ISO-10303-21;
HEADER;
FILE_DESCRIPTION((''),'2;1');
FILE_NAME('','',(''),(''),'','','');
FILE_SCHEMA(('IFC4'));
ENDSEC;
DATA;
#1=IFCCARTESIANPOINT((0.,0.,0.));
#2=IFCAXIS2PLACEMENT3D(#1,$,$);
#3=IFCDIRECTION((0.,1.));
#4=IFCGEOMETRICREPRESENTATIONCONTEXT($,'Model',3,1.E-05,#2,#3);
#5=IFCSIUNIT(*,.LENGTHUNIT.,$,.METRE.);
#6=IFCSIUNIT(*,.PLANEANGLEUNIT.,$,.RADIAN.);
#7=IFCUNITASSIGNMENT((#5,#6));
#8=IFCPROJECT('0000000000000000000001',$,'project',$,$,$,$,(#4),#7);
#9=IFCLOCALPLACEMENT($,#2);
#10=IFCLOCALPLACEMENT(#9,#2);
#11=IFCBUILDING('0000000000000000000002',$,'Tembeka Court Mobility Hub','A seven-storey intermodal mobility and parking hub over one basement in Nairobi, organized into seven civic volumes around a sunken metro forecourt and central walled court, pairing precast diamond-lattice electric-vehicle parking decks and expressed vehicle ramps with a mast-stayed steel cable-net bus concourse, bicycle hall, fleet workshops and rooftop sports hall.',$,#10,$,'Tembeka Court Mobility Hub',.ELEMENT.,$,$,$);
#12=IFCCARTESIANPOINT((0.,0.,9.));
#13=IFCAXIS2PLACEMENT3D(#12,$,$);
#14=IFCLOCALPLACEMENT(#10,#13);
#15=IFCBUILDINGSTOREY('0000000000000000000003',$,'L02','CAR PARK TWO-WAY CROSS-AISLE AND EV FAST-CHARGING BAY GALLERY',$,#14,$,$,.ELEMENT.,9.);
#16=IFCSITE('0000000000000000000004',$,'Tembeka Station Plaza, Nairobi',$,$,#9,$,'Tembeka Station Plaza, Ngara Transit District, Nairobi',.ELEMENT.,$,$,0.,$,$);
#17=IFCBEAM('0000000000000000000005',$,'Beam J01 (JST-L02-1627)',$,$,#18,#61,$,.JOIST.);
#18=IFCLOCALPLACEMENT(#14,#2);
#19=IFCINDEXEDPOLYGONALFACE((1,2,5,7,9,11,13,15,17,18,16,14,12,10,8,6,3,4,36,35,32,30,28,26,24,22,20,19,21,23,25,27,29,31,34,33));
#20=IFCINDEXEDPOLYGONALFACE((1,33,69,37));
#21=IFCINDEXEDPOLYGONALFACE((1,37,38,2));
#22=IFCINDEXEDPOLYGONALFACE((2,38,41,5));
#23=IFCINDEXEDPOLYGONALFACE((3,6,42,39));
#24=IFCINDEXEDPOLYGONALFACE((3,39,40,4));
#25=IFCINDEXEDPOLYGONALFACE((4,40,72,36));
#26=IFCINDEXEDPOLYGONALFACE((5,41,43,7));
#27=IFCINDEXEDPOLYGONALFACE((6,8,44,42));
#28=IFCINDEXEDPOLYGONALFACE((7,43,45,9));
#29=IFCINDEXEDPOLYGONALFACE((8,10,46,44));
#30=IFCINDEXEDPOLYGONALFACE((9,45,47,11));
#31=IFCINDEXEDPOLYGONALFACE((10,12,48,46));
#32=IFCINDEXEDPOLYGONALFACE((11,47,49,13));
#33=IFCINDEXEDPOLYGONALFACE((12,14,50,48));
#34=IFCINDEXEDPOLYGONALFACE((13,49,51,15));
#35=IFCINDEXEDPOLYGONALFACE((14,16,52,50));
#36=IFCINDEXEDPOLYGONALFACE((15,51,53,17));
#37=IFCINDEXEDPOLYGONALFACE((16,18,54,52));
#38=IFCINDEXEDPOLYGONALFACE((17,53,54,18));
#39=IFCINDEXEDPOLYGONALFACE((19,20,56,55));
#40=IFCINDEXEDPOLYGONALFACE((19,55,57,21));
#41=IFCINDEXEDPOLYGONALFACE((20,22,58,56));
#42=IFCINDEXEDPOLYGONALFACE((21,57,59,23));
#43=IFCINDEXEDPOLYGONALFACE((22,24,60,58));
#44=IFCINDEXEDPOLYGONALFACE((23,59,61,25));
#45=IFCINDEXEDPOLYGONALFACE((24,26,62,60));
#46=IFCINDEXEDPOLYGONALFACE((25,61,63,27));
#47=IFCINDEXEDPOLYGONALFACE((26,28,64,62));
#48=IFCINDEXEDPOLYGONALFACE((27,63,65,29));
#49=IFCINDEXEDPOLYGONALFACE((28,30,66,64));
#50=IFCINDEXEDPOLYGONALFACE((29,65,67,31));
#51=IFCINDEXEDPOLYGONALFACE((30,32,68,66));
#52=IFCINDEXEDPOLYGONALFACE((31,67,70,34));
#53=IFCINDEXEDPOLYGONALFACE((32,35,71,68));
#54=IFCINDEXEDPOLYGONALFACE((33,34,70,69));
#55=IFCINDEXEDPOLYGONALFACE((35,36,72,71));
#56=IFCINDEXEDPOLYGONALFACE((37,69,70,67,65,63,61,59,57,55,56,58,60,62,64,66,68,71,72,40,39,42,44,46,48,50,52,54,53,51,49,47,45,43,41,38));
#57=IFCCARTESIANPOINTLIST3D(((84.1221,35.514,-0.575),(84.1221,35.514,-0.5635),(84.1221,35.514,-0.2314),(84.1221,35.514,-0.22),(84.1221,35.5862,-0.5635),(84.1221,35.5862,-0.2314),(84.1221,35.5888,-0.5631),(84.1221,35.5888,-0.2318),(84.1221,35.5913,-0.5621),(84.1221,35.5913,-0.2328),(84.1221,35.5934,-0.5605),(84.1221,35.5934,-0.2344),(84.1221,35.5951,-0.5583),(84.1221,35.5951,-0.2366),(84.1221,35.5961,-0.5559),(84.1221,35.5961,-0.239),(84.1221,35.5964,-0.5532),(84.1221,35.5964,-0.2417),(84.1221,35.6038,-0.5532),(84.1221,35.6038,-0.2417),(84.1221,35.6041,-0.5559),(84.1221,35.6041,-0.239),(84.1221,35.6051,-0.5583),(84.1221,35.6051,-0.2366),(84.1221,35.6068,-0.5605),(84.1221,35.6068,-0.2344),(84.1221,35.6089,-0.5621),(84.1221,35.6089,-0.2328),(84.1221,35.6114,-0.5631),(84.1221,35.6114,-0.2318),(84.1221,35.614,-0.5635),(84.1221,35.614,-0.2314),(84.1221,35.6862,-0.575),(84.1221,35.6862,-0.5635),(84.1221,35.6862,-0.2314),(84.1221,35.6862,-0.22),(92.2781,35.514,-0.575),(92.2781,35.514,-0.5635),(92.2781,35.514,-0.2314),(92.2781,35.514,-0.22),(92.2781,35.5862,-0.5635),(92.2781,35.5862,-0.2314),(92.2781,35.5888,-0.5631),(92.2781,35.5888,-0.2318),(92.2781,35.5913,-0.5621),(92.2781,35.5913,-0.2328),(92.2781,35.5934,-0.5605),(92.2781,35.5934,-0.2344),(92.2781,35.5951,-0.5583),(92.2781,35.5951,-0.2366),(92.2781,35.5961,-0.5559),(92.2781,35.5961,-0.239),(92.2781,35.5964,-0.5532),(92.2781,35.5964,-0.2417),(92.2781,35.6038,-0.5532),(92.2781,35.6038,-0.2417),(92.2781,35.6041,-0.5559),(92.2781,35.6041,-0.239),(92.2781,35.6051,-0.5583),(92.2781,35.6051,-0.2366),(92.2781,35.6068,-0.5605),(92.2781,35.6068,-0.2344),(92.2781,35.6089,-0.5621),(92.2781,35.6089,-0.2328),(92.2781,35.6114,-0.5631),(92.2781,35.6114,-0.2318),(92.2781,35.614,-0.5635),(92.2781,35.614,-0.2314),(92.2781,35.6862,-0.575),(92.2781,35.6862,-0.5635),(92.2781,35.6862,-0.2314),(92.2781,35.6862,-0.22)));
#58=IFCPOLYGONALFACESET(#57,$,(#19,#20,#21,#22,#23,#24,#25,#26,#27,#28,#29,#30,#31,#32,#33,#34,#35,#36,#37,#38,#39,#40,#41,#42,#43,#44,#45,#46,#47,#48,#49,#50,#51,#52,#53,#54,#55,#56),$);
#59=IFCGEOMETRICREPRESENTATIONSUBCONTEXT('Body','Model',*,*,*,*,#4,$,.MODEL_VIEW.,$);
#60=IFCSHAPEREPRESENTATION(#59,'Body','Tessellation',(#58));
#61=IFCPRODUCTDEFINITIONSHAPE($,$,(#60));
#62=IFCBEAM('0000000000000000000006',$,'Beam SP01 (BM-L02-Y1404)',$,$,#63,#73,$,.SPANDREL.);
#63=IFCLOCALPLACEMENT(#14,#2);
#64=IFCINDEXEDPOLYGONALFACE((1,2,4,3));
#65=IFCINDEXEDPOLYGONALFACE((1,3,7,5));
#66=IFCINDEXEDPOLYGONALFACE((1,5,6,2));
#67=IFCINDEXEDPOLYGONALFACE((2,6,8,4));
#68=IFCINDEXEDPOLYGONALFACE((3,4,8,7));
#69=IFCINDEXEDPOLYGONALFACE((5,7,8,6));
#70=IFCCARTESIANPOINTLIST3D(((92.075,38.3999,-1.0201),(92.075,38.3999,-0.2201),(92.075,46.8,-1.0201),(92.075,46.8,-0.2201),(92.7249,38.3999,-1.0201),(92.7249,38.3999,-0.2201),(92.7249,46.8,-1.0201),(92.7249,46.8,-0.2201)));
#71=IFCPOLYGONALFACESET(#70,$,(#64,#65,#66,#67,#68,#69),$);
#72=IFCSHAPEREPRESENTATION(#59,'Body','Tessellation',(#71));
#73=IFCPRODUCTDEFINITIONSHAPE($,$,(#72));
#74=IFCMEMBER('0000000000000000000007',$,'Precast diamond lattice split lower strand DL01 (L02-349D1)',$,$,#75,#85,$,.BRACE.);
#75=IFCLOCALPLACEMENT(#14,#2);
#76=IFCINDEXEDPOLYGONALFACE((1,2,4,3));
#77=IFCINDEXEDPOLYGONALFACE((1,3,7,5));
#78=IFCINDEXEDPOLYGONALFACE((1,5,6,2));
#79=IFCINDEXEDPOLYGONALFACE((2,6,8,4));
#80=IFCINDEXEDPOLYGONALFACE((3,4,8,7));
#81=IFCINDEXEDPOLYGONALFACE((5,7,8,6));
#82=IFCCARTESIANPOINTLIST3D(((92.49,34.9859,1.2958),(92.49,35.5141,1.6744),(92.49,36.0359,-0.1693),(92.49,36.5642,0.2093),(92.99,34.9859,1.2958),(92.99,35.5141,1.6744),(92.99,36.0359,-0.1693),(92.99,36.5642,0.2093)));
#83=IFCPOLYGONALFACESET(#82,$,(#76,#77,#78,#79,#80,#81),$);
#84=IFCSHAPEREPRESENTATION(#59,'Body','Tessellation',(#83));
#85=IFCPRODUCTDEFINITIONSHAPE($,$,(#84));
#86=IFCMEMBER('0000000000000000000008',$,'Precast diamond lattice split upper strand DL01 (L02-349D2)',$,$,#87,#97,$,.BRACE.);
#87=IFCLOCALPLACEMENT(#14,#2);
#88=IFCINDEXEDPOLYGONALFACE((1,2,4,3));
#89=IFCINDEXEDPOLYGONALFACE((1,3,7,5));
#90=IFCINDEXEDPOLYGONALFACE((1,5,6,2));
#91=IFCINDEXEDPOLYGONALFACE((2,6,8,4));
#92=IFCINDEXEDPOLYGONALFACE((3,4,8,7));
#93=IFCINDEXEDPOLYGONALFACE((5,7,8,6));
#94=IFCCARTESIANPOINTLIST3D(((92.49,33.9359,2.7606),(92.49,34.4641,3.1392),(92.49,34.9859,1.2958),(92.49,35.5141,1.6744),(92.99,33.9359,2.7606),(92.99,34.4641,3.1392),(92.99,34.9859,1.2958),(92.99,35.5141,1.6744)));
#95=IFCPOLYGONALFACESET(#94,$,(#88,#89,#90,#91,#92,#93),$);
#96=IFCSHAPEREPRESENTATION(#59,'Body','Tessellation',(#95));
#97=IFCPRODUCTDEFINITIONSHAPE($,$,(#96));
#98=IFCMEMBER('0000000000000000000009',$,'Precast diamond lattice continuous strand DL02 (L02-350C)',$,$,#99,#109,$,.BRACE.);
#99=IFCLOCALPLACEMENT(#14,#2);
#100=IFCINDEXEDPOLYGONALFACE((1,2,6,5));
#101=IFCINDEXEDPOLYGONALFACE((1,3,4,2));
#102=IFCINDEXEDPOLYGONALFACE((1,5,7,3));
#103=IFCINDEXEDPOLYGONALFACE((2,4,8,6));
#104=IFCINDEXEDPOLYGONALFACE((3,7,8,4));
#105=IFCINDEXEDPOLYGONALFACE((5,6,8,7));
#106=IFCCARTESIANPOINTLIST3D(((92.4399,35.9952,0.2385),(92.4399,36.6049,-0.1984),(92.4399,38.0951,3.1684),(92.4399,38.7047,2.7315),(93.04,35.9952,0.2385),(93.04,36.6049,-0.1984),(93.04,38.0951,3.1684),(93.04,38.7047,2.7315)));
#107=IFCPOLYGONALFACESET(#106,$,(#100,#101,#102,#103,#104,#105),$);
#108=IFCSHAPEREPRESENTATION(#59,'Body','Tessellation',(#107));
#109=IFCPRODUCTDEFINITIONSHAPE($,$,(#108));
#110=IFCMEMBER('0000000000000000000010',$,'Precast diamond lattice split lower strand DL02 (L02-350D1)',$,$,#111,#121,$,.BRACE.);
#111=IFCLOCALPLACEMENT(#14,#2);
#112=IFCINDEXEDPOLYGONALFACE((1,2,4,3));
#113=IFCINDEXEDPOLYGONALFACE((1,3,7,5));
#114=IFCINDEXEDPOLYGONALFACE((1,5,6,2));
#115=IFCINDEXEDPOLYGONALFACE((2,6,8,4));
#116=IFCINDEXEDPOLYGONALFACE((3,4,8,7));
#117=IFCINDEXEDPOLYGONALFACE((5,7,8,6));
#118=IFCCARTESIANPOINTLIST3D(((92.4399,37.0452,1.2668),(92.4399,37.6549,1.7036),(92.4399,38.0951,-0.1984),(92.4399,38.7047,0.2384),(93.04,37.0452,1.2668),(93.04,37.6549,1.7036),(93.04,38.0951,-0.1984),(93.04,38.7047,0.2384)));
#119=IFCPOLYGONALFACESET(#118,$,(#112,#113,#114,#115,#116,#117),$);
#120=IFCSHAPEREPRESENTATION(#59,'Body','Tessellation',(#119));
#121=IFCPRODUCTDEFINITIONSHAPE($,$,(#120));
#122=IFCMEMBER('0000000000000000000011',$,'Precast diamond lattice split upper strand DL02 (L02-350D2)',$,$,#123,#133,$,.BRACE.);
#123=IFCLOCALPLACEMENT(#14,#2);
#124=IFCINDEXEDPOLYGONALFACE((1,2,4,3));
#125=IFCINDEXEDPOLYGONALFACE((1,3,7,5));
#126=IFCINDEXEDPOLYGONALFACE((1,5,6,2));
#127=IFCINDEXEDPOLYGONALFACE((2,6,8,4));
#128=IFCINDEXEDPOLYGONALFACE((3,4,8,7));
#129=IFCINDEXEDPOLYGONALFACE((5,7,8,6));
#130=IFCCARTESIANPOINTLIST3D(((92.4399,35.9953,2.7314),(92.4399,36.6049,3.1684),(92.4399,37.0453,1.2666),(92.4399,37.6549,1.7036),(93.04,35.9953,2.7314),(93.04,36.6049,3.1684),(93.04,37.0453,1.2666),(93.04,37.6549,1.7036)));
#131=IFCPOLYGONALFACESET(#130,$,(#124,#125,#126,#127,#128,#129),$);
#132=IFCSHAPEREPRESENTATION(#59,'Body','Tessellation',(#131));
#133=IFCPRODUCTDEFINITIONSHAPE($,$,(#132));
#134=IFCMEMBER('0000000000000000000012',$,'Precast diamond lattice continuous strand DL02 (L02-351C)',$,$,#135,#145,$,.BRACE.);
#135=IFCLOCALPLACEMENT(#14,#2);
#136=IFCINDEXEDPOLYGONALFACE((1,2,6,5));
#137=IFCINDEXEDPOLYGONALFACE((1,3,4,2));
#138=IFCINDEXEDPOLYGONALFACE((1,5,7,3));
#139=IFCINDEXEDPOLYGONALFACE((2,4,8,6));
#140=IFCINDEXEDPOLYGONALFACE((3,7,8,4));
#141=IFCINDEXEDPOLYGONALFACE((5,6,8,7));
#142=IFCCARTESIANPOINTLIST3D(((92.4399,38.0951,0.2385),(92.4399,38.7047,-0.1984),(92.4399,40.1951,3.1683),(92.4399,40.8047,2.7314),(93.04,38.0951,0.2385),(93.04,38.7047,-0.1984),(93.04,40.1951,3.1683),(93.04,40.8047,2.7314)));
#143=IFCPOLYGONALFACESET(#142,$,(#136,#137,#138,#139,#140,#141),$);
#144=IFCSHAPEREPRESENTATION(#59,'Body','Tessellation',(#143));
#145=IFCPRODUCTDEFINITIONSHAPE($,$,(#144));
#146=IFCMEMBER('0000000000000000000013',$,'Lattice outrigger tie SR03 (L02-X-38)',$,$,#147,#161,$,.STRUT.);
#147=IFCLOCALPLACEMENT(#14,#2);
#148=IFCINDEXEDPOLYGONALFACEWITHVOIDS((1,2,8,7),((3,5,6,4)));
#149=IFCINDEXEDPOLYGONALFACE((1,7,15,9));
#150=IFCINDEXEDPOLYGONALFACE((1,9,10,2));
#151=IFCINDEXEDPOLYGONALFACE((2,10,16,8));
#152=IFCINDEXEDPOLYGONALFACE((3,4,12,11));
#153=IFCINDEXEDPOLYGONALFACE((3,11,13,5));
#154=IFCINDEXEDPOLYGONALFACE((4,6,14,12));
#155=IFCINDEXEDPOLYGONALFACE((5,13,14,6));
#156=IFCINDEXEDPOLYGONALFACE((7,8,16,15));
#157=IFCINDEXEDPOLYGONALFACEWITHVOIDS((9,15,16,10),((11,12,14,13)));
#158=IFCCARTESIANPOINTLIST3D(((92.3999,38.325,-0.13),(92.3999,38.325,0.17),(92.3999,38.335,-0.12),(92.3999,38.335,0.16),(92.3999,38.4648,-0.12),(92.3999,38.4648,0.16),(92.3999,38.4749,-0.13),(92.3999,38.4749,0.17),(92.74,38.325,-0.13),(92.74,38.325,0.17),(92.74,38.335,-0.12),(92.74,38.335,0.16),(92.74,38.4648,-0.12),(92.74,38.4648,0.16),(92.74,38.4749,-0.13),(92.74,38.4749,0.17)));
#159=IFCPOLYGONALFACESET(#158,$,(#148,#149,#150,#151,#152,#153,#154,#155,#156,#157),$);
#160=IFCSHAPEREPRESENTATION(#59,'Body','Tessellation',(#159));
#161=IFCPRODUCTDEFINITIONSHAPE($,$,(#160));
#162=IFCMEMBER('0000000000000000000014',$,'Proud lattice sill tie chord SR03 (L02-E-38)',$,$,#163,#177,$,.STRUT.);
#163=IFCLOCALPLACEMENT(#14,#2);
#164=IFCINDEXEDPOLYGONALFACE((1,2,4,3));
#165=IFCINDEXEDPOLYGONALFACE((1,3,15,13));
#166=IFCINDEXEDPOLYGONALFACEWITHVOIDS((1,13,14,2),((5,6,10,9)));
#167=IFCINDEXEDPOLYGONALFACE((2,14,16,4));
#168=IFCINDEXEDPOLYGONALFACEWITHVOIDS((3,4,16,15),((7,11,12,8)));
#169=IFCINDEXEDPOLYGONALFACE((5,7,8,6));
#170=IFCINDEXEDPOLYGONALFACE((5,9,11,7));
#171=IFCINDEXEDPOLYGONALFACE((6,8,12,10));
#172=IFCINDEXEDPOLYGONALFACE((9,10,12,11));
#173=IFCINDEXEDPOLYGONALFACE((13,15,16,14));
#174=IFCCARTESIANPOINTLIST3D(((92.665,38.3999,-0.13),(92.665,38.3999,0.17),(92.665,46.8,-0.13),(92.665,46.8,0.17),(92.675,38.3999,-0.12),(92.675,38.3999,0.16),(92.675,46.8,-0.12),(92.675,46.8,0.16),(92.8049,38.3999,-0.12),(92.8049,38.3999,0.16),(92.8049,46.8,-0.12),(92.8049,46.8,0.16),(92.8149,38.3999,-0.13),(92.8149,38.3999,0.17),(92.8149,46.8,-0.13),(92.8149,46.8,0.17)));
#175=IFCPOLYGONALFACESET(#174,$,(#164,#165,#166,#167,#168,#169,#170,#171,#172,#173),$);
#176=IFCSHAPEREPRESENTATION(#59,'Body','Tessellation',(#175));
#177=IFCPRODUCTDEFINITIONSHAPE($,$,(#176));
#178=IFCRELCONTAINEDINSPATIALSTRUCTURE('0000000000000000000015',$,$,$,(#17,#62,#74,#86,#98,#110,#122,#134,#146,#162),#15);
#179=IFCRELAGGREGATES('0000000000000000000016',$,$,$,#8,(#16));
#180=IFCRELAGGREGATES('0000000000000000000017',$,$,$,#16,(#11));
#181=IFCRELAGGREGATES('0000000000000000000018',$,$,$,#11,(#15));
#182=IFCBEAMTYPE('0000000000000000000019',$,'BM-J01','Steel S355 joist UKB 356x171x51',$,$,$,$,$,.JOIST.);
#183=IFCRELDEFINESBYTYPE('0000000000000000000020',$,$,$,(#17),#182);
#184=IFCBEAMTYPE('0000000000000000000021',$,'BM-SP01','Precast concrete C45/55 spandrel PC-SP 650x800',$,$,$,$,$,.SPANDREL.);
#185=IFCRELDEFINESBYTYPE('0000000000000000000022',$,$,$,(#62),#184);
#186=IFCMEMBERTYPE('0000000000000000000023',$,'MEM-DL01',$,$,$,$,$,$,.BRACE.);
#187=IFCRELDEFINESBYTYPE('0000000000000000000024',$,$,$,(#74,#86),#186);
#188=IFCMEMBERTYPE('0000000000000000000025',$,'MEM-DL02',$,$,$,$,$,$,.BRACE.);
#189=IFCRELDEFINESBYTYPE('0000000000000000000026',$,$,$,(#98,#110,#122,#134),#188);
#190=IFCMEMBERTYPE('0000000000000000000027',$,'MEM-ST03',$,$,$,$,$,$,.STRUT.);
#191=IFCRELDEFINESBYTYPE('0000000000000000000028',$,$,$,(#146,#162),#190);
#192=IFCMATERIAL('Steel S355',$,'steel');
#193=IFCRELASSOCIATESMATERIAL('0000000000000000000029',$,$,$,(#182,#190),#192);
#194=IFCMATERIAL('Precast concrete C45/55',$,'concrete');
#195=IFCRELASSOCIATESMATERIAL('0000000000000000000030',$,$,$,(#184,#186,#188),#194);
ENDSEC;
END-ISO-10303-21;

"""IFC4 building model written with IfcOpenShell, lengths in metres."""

from ifc_helpers import new_model, si_unit, direction, frame, origin, origin_2d, place, context, subcontext, project, spatial, rectangle, hollow_rectangle, i_section, extrude, material, material_profile, profile_set, type_object, element, save


model = new_model("IFC4")

# Units and contexts
model_context = context("Model", 3, precision=1e-05, world=origin(), true_north=direction((0.0, 1.0)))
body_context = subcontext(model_context, "Body", "Model", "MODEL_VIEW")
ifc_project = project(units=[si_unit("LENGTHUNIT", "METRE"), si_unit("PLANEANGLEUNIT", "RADIAN")], contexts=[model_context])

# Site, building, storey
site_placement = place(None, origin())
site = spatial("IfcSite", under=ifc_project, at=site_placement, Name="Tembeka Station Plaza, Nairobi", LongName="Tembeka Station Plaza, Ngara Transit District, Nairobi", CompositionType="ELEMENT", RefElevation=0.0)
building_placement = place(site_placement, origin())
building = spatial("IfcBuilding", under=site, at=building_placement, Name="Tembeka Court Mobility Hub", Description="A seven-storey intermodal mobility and parking hub over one basement in Nairobi, organized into seven civic volumes around a sunken metro forecourt and central walled court, pairing precast diamond-lattice electric-vehicle parking decks and expressed vehicle ramps with a mast-stayed steel cable-net bus concourse, bicycle hall, fleet workshops and rooftop sports hall.", LongName="Tembeka Court Mobility Hub", CompositionType="ELEMENT")
storey_placement = place(building_placement, frame((0.0, 0.0, 9.0)))
storey = spatial("IfcBuildingStorey", under=building, at=storey_placement, Name="L02", Description="CAR PARK TWO-WAY CROSS-AISLE AND EV FAST-CHARGING BAY GALLERY", CompositionType="ELEMENT", Elevation=9.0)

# Shared definitions
ifc_material_1 = material(Name="Steel S355", Category="steel")

# Beams
ifc_material_profile_1 = material_profile(ifc_material_1, i_section(OverallWidth=0.1721, OverallDepth=0.355, WebThickness=0.0073, FlangeThickness=0.0115, FilletRadius=0.0103, at=origin_2d()), Name="UKB 356x171x51")
ifc_profile_set_1 = profile_set([ifc_material_profile_1], Name="Steel S355")
beam_type_1 = type_object("IfcBeamType", Name="BM-J01", Description="Steel S355 joist UKB 356x171x51", PredefinedType="JOIST", material=ifc_profile_set_1)
beam_1_placement = place(storey_placement, frame((84.1221, 35.6001, -0.3975), z_axis=(1.0, 0.0, 0.0), x_axis=(0.0, 1.0, 0.0)))
element("IfcBeam", 1, at=beam_1_placement, inside=storey, type_object=beam_type_1, Name="Beam J01 (JST-L02-1627)", PredefinedType="JOIST", context=body_context, shape_type="SweptSolid", body=[
    extrude(i_section(OverallWidth=0.1721, OverallDepth=0.355, WebThickness=0.0073, FlangeThickness=0.0115, FilletRadius=0.0103, at=origin_2d()), origin(), (0.0, 0.0, 1.0), 8.156),
])
ifc_material_2 = material(Name="Precast concrete C45/55", Category="concrete")
ifc_material_profile_2 = material_profile(ifc_material_2, rectangle(XDim=0.6499, YDim=0.8, at=origin_2d()), Name="PC-SP 650x800")
ifc_profile_set_2 = profile_set([ifc_material_profile_2], Name="Precast concrete C45/55")
beam_type_2 = type_object("IfcBeamType", Name="BM-SP01", Description="Precast concrete C45/55 spandrel PC-SP 650x800", PredefinedType="SPANDREL", material=ifc_profile_set_2)
beam_2_placement = place(storey_placement, frame((92.3999, 38.3999, -0.6201), z_axis=(0.0, 1.0, 0.0), x_axis=(-1.0, 0.0, 0.0)))
element("IfcBeam", 2, at=beam_2_placement, inside=storey, type_object=beam_type_2, Name="Beam SP01 (BM-L02-Y1404)", PredefinedType="SPANDREL", context=body_context, shape_type="SweptSolid", body=[
    extrude(rectangle(XDim=0.6499, YDim=0.8, at=origin_2d()), origin(), (0.0, 0.0, 1.0), 8.4001),
])

# Members
ifc_material_profile_3 = material_profile(ifc_material_2, rectangle(XDim=0.5, YDim=0.6499, at=origin_2d()), Name="PC-DIAG 500x650")
ifc_profile_set_3 = profile_set([ifc_material_profile_3], Name="Precast concrete C45/55")
member_type_1 = type_object("IfcMemberType", Name="MEM-DL01", PredefinedType="BRACE", material=ifc_profile_set_3)
member_1_placement = place(storey_placement, frame((92.74, 36.3, 0.02), z_axis=(0.0, -0.582544, 0.812799), x_axis=(1.0, 0.0, 0.0)))
element("IfcMember", 3, at=member_1_placement, inside=storey, type_object=member_type_1, Name="Precast diamond lattice split lower strand DL01 (L02-349D1)", PredefinedType="BRACE", context=body_context, shape_type="SweptSolid", body=[
    extrude(rectangle(XDim=0.5, YDim=0.6499, at=origin_2d()), origin(), (0.0, 0.0, 1.0), 1.8025),
])
member_2_placement = place(storey_placement, frame((92.74, 35.25, 1.4851), z_axis=(0.0, -0.582608, 0.812753), x_axis=(1.0, 0.0, 0.0)))
element("IfcMember", 4, at=member_2_placement, inside=storey, type_object=member_type_1, Name="Precast diamond lattice split upper strand DL01 (L02-349D2)", PredefinedType="BRACE", context=body_context, shape_type="SweptSolid", body=[
    extrude(rectangle(XDim=0.5, YDim=0.6499, at=origin_2d()), origin(), (0.0, 0.0, 1.0), 1.8022),
])
ifc_material_profile_4 = material_profile(ifc_material_2, rectangle(XDim=0.6001, YDim=0.75, at=origin_2d()), Name="PC-DIAG 600x750")
ifc_profile_set_4 = profile_set([ifc_material_profile_4], Name="Precast concrete C45/55")
member_type_2 = type_object("IfcMemberType", Name="MEM-DL02", PredefinedType="BRACE", material=ifc_profile_set_4)
member_3_placement = place(storey_placement, frame((92.74, 36.3, 0.02), z_axis=(0.0, 0.582532, 0.812808), x_axis=(-1.0, 0.0, 0.0)))
element("IfcMember", 5, at=member_3_placement, inside=storey, type_object=member_type_2, Name="Precast diamond lattice continuous strand DL02 (L02-350C)", PredefinedType="BRACE", context=body_context, shape_type="SweptSolid", body=[
    extrude(rectangle(XDim=0.6001, YDim=0.75, at=origin_2d()), origin(), (0.0, 0.0, 1.0), 3.6047),
])
member_4_placement = place(storey_placement, frame((92.74, 38.3999, 0.02), z_axis=(0.0, -0.582455, 0.812863), x_axis=(1.0, 0.0, 0.0)))
element("IfcMember", 6, at=member_4_placement, inside=storey, type_object=member_type_2, Name="Precast diamond lattice split lower strand DL02 (L02-350D1)", PredefinedType="BRACE", context=body_context, shape_type="SweptSolid", body=[
    extrude(rectangle(XDim=0.6001, YDim=0.75, at=origin_2d()), origin(), (0.0, 0.0, 1.0), 1.8025),
])
member_5_placement = place(storey_placement, frame((92.74, 37.3501, 1.4851), z_axis=(0.0, -0.582608, 0.812753), x_axis=(1.0, 0.0, 0.0)))
element("IfcMember", 7, at=member_5_placement, inside=storey, type_object=member_type_2, Name="Precast diamond lattice split upper strand DL02 (L02-350D2)", PredefinedType="BRACE", context=body_context, shape_type="SweptSolid", body=[
    extrude(rectangle(XDim=0.6001, YDim=0.75, at=origin_2d()), origin(), (0.0, 0.0, 1.0), 1.8022),
])
member_6_placement = place(storey_placement, frame((92.74, 38.3999, 0.02), z_axis=(0.0, 0.582576, 0.812776), x_axis=(-1.0, 0.0, 0.0)))
element("IfcMember", 8, at=member_6_placement, inside=storey, type_object=member_type_2, Name="Precast diamond lattice continuous strand DL02 (L02-351C)", PredefinedType="BRACE", context=body_context, shape_type="SweptSolid", body=[
    extrude(rectangle(XDim=0.6001, YDim=0.75, at=origin_2d()), origin(), (0.0, 0.0, 1.0), 3.6047),
])
ifc_material_profile_5 = material_profile(ifc_material_1, hollow_rectangle(XDim=0.1499, YDim=0.3, WallThickness=0.01, at=origin_2d()), Name="RHS 300x150x10")
ifc_profile_set_5 = profile_set([ifc_material_profile_5], Name="Steel S355")
member_type_3 = type_object("IfcMemberType", Name="MEM-ST03", PredefinedType="STRUT", material=ifc_profile_set_5)
member_7_placement = place(storey_placement, frame((92.3999, 38.3999, 0.02), z_axis=(1.0, 0.0, 0.0), x_axis=(0.0, 1.0, 0.0)))
element("IfcMember", 9, at=member_7_placement, inside=storey, type_object=member_type_3, Name="Lattice outrigger tie SR03 (L02-X-38)", PredefinedType="STRUT", context=body_context, shape_type="SweptSolid", body=[
    extrude(hollow_rectangle(XDim=0.1499, YDim=0.3, WallThickness=0.01, at=origin_2d()), origin(), (0.0, 0.0, 1.0), 0.3401),
])
member_8_placement = place(storey_placement, frame((92.74, 38.3999, 0.02), z_axis=(0.0, 1.0, 0.0), x_axis=(-1.0, 0.0, 0.0)))
element("IfcMember", 10, at=member_8_placement, inside=storey, type_object=member_type_3, Name="Proud lattice sill tie chord SR03 (L02-E-38)", PredefinedType="STRUT", context=body_context, shape_type="SweptSolid", body=[
    extrude(hollow_rectangle(XDim=0.1499, YDim=0.3, WallThickness=0.01, at=origin_2d()), origin(), (0.0, 0.0, 1.0), 8.4001),
])

save(model, "model.ifc")
